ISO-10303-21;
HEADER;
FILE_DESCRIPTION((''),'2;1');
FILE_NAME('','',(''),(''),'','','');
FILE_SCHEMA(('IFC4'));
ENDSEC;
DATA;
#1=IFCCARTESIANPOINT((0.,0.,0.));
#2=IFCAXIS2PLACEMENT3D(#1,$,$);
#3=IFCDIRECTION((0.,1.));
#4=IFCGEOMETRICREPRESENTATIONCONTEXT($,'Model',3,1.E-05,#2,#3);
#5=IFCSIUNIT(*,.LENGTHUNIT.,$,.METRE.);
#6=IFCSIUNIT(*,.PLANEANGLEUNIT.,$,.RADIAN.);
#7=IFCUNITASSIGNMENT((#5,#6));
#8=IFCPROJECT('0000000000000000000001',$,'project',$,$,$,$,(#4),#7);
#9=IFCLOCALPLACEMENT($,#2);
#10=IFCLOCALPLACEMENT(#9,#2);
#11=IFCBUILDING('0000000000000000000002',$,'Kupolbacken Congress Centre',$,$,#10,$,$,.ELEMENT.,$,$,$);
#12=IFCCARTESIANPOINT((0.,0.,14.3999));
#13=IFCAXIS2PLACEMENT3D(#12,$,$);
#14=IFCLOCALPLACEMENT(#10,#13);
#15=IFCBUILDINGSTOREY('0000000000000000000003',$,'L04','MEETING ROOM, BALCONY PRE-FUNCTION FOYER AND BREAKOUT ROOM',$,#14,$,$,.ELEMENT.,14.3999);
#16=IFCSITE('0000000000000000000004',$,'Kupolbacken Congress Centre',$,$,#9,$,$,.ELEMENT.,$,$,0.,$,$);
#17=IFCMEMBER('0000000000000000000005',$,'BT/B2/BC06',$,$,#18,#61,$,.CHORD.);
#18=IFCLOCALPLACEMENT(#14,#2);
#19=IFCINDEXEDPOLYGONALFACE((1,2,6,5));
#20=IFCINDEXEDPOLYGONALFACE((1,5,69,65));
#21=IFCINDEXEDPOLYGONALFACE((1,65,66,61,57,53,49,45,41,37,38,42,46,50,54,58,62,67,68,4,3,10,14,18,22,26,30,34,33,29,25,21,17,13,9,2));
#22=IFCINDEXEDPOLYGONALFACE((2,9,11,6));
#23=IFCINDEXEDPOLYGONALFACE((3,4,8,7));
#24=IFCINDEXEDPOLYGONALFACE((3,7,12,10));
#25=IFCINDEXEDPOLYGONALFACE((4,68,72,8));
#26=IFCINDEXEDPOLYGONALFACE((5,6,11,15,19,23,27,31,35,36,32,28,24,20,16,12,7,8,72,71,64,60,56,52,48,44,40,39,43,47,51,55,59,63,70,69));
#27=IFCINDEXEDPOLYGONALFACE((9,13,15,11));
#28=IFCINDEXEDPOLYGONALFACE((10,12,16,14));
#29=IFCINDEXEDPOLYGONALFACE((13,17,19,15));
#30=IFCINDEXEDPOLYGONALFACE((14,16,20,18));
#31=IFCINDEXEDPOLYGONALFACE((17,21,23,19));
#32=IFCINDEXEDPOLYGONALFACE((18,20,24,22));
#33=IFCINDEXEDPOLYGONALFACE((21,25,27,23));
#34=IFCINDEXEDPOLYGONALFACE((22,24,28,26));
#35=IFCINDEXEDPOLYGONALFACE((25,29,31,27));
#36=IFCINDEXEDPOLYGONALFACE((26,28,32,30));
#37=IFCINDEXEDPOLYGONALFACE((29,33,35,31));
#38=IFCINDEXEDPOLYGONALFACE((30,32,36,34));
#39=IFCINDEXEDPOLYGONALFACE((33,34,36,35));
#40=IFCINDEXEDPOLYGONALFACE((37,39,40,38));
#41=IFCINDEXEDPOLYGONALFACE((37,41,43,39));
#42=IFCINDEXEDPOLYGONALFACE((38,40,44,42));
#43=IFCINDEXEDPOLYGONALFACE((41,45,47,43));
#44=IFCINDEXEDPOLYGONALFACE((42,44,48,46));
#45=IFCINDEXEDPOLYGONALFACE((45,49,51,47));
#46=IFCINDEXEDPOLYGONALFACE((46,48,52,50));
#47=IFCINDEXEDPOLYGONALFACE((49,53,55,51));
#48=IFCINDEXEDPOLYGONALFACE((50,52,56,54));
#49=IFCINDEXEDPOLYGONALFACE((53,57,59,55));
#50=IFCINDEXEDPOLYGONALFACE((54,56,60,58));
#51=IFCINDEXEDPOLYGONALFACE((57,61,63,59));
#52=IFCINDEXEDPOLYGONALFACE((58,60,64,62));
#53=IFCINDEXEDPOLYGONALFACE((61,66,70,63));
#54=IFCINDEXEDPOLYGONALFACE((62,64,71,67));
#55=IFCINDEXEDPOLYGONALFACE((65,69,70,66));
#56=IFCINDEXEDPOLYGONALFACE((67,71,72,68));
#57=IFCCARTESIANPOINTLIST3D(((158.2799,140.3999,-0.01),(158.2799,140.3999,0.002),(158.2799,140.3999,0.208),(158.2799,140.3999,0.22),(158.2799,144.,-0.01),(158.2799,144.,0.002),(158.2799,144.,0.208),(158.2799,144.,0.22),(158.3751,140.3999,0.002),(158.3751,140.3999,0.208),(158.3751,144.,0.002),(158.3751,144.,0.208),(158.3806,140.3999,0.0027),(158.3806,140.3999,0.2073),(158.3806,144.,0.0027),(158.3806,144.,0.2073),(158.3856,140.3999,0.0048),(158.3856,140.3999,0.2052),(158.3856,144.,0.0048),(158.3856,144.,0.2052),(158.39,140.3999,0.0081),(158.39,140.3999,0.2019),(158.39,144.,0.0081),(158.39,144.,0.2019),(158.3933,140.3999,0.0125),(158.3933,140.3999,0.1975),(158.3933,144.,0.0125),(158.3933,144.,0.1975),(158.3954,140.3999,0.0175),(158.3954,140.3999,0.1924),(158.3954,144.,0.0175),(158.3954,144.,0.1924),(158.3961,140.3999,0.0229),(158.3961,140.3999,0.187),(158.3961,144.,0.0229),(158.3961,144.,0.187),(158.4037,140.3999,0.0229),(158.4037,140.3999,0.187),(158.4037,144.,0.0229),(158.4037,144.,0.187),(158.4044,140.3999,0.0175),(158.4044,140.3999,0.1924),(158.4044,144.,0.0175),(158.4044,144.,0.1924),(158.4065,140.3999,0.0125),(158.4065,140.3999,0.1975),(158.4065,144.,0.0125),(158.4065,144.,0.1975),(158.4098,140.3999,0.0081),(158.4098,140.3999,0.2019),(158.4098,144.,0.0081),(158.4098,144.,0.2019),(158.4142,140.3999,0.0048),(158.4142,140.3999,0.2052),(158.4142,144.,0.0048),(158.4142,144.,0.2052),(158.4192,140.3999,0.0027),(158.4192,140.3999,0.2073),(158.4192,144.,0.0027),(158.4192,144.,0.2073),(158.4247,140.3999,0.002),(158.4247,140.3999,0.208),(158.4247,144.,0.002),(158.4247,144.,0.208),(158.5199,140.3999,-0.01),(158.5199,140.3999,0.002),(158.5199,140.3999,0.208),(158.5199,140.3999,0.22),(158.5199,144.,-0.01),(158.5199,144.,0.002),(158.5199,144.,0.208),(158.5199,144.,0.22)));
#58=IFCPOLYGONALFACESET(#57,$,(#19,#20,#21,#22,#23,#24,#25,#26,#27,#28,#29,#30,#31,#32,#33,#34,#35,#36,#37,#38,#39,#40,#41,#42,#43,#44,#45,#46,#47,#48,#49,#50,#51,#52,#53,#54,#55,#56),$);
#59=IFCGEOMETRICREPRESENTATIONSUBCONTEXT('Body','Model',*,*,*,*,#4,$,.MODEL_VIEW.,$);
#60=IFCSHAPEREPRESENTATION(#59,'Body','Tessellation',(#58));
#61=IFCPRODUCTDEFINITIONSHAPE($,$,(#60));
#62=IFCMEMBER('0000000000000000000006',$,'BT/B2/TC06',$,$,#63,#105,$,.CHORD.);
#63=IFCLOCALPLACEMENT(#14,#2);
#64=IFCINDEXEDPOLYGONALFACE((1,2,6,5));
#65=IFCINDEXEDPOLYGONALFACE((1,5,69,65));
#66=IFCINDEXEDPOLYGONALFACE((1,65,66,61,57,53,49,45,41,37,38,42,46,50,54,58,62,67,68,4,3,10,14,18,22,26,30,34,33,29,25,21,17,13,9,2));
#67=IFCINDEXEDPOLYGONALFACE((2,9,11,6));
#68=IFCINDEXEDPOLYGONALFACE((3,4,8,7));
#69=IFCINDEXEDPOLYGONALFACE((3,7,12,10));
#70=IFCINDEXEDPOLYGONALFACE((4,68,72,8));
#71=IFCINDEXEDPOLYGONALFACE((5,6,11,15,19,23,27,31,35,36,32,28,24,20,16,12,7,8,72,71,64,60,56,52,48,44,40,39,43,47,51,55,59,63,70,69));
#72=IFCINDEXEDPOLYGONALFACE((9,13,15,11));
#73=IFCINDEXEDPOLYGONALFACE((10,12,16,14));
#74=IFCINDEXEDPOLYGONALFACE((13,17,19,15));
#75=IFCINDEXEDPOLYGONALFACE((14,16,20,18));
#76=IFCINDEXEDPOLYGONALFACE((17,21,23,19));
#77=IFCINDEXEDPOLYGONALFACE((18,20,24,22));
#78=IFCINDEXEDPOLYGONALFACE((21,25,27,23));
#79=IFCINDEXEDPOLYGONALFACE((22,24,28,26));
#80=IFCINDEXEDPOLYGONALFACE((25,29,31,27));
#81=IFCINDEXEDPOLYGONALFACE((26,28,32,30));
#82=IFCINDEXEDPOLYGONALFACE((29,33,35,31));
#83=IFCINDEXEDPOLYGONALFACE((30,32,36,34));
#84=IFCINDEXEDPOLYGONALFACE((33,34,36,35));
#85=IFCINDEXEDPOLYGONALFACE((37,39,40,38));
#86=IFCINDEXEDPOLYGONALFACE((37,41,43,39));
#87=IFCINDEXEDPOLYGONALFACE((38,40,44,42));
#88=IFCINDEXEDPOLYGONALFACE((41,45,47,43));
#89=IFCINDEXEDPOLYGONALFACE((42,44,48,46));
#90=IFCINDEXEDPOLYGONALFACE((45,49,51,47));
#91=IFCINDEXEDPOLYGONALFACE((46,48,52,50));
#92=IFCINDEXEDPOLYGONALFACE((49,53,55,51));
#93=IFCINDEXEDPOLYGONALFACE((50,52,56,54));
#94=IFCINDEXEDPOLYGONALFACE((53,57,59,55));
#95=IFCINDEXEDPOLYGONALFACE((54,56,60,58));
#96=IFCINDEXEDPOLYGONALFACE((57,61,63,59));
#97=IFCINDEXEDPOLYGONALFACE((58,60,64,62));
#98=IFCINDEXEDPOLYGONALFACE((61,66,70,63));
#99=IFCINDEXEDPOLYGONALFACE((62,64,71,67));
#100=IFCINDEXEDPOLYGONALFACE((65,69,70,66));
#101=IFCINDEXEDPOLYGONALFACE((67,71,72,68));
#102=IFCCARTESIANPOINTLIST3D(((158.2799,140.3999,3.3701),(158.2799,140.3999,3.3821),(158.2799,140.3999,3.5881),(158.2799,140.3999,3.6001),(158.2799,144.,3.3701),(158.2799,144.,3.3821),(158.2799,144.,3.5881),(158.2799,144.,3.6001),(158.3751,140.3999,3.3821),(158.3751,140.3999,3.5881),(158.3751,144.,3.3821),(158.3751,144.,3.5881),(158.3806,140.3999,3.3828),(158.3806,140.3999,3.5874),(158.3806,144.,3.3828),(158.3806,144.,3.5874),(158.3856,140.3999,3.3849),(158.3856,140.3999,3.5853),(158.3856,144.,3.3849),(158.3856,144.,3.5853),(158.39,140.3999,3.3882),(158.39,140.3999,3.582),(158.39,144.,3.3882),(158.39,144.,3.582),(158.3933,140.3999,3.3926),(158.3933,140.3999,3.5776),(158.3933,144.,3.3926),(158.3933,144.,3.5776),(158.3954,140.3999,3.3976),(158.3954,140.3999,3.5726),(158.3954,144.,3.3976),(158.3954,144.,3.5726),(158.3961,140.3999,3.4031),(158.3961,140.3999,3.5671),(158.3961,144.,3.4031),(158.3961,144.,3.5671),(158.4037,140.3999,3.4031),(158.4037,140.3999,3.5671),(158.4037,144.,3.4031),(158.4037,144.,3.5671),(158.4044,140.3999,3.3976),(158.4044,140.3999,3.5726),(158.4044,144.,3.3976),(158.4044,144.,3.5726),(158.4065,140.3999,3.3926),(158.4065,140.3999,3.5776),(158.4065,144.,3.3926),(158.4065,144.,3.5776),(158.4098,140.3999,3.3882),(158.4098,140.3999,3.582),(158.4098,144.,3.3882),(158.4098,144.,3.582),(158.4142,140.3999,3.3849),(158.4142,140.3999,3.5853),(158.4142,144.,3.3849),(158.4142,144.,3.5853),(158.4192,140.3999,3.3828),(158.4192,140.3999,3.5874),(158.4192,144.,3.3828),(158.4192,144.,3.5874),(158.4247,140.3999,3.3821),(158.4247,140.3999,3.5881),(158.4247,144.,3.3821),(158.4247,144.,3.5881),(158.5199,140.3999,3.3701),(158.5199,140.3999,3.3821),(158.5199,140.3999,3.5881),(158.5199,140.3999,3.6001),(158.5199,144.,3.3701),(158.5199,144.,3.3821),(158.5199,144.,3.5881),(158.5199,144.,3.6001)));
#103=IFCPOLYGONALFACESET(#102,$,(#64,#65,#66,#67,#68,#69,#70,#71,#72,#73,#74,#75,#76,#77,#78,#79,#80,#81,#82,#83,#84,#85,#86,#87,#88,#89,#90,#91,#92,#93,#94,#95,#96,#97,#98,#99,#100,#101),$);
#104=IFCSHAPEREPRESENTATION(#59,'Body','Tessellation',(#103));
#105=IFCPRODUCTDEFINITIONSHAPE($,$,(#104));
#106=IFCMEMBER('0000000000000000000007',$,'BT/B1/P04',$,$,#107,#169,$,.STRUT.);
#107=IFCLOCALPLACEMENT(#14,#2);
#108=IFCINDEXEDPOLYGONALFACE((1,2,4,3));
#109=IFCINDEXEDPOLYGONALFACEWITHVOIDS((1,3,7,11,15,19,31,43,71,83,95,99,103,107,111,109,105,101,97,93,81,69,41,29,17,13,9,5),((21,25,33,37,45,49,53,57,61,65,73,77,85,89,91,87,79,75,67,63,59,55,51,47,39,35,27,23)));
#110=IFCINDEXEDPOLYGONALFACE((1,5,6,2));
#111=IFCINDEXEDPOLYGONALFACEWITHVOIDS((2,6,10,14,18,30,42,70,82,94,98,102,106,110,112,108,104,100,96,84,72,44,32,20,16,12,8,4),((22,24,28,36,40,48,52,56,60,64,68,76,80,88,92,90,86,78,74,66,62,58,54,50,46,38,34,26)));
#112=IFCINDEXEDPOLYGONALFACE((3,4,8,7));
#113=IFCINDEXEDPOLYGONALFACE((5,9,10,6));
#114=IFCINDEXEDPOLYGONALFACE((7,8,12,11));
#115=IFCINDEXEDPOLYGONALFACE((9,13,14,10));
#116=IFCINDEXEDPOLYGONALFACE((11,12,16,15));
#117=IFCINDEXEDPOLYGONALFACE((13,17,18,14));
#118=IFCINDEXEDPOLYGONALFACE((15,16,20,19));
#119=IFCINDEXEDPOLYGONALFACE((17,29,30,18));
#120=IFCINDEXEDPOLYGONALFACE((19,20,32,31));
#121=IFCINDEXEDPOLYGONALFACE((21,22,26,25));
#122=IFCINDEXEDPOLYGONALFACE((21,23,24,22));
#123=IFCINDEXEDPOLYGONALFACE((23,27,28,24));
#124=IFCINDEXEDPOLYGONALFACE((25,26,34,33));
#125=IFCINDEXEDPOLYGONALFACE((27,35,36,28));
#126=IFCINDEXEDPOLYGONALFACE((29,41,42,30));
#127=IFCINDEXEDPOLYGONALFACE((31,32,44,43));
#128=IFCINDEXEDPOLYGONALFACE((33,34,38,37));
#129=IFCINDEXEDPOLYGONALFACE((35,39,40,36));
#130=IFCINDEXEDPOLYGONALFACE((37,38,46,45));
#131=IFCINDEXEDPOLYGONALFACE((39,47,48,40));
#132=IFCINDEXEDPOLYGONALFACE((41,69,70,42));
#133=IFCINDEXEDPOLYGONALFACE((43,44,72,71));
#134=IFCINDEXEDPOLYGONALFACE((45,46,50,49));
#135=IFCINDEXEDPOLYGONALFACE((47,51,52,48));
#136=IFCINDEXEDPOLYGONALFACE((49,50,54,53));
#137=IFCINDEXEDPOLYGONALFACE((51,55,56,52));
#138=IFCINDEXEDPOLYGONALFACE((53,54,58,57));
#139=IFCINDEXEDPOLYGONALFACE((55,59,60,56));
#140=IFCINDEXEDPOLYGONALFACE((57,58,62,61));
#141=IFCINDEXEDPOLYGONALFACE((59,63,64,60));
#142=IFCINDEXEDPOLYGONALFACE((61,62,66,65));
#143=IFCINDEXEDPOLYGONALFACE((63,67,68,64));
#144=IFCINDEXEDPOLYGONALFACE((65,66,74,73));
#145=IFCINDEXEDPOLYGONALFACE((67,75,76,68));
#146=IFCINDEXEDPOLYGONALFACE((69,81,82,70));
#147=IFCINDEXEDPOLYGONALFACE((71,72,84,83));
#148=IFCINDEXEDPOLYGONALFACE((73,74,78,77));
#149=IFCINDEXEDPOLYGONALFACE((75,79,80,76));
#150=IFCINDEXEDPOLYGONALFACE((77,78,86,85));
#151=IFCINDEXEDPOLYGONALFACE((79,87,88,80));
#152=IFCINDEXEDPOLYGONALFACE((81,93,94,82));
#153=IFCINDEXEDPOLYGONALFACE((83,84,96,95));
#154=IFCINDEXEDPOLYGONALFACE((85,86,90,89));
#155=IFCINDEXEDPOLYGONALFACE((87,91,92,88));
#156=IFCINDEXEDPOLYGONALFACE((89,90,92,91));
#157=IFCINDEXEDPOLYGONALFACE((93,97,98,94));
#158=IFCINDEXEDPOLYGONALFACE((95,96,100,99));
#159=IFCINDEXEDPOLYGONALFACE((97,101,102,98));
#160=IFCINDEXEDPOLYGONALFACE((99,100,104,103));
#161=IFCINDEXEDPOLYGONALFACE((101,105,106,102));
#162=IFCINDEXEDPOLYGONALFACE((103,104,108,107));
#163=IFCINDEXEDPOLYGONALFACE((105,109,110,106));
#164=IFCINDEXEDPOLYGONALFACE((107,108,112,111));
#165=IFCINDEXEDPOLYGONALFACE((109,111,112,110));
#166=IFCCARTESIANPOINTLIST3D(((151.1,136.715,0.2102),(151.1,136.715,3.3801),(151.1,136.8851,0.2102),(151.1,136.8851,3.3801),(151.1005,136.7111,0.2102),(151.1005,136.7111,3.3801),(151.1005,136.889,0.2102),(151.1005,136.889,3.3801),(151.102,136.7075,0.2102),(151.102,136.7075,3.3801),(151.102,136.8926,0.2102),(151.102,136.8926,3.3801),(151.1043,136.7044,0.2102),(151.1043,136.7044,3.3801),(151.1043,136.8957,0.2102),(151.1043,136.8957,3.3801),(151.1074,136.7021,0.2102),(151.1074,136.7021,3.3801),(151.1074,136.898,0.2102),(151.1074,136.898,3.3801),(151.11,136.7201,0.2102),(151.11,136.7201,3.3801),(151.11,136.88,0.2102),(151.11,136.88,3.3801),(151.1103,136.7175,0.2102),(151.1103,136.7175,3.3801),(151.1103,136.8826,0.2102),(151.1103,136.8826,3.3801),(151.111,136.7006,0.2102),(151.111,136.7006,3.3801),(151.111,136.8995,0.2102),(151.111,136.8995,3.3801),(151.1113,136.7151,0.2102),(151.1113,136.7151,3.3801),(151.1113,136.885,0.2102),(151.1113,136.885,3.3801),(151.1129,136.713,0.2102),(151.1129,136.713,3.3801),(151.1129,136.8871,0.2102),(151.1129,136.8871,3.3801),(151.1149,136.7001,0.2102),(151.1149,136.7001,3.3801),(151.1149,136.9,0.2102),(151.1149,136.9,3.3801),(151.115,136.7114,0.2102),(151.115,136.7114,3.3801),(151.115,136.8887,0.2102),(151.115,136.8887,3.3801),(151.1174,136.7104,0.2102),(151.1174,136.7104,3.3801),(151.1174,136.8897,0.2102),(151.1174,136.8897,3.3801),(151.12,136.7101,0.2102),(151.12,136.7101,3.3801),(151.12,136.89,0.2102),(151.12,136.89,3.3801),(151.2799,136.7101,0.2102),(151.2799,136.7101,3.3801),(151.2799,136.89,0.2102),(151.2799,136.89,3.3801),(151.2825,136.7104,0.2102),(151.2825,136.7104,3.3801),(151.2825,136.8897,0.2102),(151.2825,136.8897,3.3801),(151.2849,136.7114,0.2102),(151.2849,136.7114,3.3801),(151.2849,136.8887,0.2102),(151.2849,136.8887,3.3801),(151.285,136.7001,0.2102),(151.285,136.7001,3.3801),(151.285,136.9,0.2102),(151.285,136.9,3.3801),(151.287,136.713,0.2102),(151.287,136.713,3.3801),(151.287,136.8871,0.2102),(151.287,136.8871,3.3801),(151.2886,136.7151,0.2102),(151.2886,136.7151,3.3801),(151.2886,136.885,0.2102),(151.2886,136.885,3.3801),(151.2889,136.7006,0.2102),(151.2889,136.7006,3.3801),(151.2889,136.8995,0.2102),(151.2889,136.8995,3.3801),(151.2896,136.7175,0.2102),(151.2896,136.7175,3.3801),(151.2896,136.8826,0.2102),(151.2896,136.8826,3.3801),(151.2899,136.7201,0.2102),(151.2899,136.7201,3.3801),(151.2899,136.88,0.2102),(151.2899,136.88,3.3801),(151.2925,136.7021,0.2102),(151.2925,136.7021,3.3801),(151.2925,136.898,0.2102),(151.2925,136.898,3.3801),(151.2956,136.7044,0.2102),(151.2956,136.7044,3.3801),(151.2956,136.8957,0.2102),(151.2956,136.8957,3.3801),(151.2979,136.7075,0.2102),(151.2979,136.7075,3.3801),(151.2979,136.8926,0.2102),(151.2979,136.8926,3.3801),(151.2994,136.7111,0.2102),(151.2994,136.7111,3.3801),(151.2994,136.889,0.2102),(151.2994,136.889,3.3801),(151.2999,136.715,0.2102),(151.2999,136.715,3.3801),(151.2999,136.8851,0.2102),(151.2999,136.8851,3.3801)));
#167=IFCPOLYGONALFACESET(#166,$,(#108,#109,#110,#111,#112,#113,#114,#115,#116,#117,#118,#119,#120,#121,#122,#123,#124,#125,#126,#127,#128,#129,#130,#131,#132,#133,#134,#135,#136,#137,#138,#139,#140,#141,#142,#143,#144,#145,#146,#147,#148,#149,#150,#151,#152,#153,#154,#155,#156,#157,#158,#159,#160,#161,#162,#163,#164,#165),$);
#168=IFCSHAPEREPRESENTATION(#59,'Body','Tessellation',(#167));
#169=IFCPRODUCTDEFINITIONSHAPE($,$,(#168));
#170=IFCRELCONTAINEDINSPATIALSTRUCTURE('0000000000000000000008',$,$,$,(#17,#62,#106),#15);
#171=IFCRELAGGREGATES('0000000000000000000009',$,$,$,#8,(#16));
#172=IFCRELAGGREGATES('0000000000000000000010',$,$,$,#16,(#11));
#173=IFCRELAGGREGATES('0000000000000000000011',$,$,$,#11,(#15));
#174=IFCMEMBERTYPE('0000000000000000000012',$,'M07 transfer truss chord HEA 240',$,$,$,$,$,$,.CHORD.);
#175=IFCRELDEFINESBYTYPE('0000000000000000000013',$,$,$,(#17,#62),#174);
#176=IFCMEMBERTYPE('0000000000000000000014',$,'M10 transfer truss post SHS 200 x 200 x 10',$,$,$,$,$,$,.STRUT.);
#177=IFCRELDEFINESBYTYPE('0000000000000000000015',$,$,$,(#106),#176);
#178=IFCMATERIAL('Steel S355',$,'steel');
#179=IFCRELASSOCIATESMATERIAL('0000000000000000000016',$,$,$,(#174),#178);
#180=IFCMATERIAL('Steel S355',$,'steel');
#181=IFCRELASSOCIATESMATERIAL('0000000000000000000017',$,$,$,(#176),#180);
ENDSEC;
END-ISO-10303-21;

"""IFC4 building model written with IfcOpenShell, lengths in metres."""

from ifc_helpers import new_model, si_unit, direction, frame, origin, origin_2d, place, context, subcontext, project, spatial, hollow_rectangle, i_section, extrude, material, material_profile, profile_set, type_object, element, save


model = new_model("IFC4")

# Units and contexts
model_context = context("Model", 3, precision=1e-05, world=origin(), true_north=direction((0.0, 1.0)))
body_context = subcontext(model_context, "Body", "Model", "MODEL_VIEW")
ifc_project = project(units=[si_unit("LENGTHUNIT", "METRE"), si_unit("PLANEANGLEUNIT", "RADIAN")], contexts=[model_context])

# Site, building, storey
site_placement = place(None, origin())
site = spatial("IfcSite", under=ifc_project, at=site_placement, Name="Kupolbacken Congress Centre", CompositionType="ELEMENT", RefElevation=0.0)
building_placement = place(site_placement, origin())
building = spatial("IfcBuilding", under=site, at=building_placement, Name="Kupolbacken Congress Centre", CompositionType="ELEMENT")
storey_placement = place(building_placement, frame((0.0, 0.0, 14.3999)))
storey = spatial("IfcBuildingStorey", under=building, at=storey_placement, Name="L04", Description="MEETING ROOM, BALCONY PRE-FUNCTION FOYER AND BREAKOUT ROOM", CompositionType="ELEMENT", Elevation=14.3999)

# Members
ifc_material_1 = material(Name="Steel S355", Category="steel")
ifc_material_profile_1 = material_profile(ifc_material_1, i_section(OverallWidth=0.24, OverallDepth=0.23, WebThickness=0.0076, FlangeThickness=0.012, FilletRadius=0.021, at=origin_2d()), Name="HEA 240")
ifc_profile_set_1 = profile_set([ifc_material_profile_1], Name="Steel S355")
member_type_1 = type_object("IfcMemberType", Name="M07 transfer truss chord HEA 240", PredefinedType="CHORD", material=ifc_profile_set_1)
for number, where, z_axis, x_axis, name in (
    (1, (158.3999, 140.3999, 0.105), (0.0, 1.0, 0.0), (-1.0, 0.0, 0.0), "BT/B2/BC06"),
    (2, (158.3999, 140.3999, 3.4851), (0.0, 1.0, 0.0), (-1.0, 0.0, 0.0), "BT/B2/TC06"),
):
    element("IfcMember", number, at=place(storey_placement, frame(where, z_axis=z_axis, x_axis=x_axis)), inside=storey, type_object=member_type_1, Name=name, PredefinedType="CHORD", context=body_context, shape_type="SweptSolid", body=[
        extrude(i_section(OverallWidth=0.24, OverallDepth=0.23, WebThickness=0.0076, FlangeThickness=0.012, FilletRadius=0.021, at=origin_2d()), origin(), (0.0, 0.0, 1.0), 3.6001),
    ])
ifc_material_2 = material(Name="Steel S355", Category="steel")
ifc_material_profile_2 = material_profile(ifc_material_2, hollow_rectangle(XDim=0.2, YDim=0.2, WallThickness=0.01, InnerFilletRadius=0.01, OuterFilletRadius=0.0149, at=origin_2d()), Name="SHS 200 x 200 x 10")
ifc_profile_set_2 = profile_set([ifc_material_profile_2], Name="Steel S355")
member_type_2 = type_object("IfcMemberType", Name="M10 transfer truss post SHS 200 x 200 x 10", PredefinedType="STRUT", material=ifc_profile_set_2)
for number, where, z_axis, x_axis, name in (
    (3, (151.2, 136.8, 0.2102), (0.0, 0.0, 1.0), (0.0, 1.0, 0.0), "BT/B1/P04"),
):
    element("IfcMember", number, at=place(storey_placement, frame(where, z_axis=z_axis, x_axis=x_axis)), inside=storey, type_object=member_type_2, Name=name, PredefinedType="STRUT", context=body_context, shape_type="SweptSolid", body=[
        extrude(hollow_rectangle(XDim=0.2, YDim=0.2, WallThickness=0.01, InnerFilletRadius=0.01, OuterFilletRadius=0.0149, at=origin_2d()), origin(), (0.0, 0.0, 1.0), 3.1699),
    ])

save(model, "model.ifc")
